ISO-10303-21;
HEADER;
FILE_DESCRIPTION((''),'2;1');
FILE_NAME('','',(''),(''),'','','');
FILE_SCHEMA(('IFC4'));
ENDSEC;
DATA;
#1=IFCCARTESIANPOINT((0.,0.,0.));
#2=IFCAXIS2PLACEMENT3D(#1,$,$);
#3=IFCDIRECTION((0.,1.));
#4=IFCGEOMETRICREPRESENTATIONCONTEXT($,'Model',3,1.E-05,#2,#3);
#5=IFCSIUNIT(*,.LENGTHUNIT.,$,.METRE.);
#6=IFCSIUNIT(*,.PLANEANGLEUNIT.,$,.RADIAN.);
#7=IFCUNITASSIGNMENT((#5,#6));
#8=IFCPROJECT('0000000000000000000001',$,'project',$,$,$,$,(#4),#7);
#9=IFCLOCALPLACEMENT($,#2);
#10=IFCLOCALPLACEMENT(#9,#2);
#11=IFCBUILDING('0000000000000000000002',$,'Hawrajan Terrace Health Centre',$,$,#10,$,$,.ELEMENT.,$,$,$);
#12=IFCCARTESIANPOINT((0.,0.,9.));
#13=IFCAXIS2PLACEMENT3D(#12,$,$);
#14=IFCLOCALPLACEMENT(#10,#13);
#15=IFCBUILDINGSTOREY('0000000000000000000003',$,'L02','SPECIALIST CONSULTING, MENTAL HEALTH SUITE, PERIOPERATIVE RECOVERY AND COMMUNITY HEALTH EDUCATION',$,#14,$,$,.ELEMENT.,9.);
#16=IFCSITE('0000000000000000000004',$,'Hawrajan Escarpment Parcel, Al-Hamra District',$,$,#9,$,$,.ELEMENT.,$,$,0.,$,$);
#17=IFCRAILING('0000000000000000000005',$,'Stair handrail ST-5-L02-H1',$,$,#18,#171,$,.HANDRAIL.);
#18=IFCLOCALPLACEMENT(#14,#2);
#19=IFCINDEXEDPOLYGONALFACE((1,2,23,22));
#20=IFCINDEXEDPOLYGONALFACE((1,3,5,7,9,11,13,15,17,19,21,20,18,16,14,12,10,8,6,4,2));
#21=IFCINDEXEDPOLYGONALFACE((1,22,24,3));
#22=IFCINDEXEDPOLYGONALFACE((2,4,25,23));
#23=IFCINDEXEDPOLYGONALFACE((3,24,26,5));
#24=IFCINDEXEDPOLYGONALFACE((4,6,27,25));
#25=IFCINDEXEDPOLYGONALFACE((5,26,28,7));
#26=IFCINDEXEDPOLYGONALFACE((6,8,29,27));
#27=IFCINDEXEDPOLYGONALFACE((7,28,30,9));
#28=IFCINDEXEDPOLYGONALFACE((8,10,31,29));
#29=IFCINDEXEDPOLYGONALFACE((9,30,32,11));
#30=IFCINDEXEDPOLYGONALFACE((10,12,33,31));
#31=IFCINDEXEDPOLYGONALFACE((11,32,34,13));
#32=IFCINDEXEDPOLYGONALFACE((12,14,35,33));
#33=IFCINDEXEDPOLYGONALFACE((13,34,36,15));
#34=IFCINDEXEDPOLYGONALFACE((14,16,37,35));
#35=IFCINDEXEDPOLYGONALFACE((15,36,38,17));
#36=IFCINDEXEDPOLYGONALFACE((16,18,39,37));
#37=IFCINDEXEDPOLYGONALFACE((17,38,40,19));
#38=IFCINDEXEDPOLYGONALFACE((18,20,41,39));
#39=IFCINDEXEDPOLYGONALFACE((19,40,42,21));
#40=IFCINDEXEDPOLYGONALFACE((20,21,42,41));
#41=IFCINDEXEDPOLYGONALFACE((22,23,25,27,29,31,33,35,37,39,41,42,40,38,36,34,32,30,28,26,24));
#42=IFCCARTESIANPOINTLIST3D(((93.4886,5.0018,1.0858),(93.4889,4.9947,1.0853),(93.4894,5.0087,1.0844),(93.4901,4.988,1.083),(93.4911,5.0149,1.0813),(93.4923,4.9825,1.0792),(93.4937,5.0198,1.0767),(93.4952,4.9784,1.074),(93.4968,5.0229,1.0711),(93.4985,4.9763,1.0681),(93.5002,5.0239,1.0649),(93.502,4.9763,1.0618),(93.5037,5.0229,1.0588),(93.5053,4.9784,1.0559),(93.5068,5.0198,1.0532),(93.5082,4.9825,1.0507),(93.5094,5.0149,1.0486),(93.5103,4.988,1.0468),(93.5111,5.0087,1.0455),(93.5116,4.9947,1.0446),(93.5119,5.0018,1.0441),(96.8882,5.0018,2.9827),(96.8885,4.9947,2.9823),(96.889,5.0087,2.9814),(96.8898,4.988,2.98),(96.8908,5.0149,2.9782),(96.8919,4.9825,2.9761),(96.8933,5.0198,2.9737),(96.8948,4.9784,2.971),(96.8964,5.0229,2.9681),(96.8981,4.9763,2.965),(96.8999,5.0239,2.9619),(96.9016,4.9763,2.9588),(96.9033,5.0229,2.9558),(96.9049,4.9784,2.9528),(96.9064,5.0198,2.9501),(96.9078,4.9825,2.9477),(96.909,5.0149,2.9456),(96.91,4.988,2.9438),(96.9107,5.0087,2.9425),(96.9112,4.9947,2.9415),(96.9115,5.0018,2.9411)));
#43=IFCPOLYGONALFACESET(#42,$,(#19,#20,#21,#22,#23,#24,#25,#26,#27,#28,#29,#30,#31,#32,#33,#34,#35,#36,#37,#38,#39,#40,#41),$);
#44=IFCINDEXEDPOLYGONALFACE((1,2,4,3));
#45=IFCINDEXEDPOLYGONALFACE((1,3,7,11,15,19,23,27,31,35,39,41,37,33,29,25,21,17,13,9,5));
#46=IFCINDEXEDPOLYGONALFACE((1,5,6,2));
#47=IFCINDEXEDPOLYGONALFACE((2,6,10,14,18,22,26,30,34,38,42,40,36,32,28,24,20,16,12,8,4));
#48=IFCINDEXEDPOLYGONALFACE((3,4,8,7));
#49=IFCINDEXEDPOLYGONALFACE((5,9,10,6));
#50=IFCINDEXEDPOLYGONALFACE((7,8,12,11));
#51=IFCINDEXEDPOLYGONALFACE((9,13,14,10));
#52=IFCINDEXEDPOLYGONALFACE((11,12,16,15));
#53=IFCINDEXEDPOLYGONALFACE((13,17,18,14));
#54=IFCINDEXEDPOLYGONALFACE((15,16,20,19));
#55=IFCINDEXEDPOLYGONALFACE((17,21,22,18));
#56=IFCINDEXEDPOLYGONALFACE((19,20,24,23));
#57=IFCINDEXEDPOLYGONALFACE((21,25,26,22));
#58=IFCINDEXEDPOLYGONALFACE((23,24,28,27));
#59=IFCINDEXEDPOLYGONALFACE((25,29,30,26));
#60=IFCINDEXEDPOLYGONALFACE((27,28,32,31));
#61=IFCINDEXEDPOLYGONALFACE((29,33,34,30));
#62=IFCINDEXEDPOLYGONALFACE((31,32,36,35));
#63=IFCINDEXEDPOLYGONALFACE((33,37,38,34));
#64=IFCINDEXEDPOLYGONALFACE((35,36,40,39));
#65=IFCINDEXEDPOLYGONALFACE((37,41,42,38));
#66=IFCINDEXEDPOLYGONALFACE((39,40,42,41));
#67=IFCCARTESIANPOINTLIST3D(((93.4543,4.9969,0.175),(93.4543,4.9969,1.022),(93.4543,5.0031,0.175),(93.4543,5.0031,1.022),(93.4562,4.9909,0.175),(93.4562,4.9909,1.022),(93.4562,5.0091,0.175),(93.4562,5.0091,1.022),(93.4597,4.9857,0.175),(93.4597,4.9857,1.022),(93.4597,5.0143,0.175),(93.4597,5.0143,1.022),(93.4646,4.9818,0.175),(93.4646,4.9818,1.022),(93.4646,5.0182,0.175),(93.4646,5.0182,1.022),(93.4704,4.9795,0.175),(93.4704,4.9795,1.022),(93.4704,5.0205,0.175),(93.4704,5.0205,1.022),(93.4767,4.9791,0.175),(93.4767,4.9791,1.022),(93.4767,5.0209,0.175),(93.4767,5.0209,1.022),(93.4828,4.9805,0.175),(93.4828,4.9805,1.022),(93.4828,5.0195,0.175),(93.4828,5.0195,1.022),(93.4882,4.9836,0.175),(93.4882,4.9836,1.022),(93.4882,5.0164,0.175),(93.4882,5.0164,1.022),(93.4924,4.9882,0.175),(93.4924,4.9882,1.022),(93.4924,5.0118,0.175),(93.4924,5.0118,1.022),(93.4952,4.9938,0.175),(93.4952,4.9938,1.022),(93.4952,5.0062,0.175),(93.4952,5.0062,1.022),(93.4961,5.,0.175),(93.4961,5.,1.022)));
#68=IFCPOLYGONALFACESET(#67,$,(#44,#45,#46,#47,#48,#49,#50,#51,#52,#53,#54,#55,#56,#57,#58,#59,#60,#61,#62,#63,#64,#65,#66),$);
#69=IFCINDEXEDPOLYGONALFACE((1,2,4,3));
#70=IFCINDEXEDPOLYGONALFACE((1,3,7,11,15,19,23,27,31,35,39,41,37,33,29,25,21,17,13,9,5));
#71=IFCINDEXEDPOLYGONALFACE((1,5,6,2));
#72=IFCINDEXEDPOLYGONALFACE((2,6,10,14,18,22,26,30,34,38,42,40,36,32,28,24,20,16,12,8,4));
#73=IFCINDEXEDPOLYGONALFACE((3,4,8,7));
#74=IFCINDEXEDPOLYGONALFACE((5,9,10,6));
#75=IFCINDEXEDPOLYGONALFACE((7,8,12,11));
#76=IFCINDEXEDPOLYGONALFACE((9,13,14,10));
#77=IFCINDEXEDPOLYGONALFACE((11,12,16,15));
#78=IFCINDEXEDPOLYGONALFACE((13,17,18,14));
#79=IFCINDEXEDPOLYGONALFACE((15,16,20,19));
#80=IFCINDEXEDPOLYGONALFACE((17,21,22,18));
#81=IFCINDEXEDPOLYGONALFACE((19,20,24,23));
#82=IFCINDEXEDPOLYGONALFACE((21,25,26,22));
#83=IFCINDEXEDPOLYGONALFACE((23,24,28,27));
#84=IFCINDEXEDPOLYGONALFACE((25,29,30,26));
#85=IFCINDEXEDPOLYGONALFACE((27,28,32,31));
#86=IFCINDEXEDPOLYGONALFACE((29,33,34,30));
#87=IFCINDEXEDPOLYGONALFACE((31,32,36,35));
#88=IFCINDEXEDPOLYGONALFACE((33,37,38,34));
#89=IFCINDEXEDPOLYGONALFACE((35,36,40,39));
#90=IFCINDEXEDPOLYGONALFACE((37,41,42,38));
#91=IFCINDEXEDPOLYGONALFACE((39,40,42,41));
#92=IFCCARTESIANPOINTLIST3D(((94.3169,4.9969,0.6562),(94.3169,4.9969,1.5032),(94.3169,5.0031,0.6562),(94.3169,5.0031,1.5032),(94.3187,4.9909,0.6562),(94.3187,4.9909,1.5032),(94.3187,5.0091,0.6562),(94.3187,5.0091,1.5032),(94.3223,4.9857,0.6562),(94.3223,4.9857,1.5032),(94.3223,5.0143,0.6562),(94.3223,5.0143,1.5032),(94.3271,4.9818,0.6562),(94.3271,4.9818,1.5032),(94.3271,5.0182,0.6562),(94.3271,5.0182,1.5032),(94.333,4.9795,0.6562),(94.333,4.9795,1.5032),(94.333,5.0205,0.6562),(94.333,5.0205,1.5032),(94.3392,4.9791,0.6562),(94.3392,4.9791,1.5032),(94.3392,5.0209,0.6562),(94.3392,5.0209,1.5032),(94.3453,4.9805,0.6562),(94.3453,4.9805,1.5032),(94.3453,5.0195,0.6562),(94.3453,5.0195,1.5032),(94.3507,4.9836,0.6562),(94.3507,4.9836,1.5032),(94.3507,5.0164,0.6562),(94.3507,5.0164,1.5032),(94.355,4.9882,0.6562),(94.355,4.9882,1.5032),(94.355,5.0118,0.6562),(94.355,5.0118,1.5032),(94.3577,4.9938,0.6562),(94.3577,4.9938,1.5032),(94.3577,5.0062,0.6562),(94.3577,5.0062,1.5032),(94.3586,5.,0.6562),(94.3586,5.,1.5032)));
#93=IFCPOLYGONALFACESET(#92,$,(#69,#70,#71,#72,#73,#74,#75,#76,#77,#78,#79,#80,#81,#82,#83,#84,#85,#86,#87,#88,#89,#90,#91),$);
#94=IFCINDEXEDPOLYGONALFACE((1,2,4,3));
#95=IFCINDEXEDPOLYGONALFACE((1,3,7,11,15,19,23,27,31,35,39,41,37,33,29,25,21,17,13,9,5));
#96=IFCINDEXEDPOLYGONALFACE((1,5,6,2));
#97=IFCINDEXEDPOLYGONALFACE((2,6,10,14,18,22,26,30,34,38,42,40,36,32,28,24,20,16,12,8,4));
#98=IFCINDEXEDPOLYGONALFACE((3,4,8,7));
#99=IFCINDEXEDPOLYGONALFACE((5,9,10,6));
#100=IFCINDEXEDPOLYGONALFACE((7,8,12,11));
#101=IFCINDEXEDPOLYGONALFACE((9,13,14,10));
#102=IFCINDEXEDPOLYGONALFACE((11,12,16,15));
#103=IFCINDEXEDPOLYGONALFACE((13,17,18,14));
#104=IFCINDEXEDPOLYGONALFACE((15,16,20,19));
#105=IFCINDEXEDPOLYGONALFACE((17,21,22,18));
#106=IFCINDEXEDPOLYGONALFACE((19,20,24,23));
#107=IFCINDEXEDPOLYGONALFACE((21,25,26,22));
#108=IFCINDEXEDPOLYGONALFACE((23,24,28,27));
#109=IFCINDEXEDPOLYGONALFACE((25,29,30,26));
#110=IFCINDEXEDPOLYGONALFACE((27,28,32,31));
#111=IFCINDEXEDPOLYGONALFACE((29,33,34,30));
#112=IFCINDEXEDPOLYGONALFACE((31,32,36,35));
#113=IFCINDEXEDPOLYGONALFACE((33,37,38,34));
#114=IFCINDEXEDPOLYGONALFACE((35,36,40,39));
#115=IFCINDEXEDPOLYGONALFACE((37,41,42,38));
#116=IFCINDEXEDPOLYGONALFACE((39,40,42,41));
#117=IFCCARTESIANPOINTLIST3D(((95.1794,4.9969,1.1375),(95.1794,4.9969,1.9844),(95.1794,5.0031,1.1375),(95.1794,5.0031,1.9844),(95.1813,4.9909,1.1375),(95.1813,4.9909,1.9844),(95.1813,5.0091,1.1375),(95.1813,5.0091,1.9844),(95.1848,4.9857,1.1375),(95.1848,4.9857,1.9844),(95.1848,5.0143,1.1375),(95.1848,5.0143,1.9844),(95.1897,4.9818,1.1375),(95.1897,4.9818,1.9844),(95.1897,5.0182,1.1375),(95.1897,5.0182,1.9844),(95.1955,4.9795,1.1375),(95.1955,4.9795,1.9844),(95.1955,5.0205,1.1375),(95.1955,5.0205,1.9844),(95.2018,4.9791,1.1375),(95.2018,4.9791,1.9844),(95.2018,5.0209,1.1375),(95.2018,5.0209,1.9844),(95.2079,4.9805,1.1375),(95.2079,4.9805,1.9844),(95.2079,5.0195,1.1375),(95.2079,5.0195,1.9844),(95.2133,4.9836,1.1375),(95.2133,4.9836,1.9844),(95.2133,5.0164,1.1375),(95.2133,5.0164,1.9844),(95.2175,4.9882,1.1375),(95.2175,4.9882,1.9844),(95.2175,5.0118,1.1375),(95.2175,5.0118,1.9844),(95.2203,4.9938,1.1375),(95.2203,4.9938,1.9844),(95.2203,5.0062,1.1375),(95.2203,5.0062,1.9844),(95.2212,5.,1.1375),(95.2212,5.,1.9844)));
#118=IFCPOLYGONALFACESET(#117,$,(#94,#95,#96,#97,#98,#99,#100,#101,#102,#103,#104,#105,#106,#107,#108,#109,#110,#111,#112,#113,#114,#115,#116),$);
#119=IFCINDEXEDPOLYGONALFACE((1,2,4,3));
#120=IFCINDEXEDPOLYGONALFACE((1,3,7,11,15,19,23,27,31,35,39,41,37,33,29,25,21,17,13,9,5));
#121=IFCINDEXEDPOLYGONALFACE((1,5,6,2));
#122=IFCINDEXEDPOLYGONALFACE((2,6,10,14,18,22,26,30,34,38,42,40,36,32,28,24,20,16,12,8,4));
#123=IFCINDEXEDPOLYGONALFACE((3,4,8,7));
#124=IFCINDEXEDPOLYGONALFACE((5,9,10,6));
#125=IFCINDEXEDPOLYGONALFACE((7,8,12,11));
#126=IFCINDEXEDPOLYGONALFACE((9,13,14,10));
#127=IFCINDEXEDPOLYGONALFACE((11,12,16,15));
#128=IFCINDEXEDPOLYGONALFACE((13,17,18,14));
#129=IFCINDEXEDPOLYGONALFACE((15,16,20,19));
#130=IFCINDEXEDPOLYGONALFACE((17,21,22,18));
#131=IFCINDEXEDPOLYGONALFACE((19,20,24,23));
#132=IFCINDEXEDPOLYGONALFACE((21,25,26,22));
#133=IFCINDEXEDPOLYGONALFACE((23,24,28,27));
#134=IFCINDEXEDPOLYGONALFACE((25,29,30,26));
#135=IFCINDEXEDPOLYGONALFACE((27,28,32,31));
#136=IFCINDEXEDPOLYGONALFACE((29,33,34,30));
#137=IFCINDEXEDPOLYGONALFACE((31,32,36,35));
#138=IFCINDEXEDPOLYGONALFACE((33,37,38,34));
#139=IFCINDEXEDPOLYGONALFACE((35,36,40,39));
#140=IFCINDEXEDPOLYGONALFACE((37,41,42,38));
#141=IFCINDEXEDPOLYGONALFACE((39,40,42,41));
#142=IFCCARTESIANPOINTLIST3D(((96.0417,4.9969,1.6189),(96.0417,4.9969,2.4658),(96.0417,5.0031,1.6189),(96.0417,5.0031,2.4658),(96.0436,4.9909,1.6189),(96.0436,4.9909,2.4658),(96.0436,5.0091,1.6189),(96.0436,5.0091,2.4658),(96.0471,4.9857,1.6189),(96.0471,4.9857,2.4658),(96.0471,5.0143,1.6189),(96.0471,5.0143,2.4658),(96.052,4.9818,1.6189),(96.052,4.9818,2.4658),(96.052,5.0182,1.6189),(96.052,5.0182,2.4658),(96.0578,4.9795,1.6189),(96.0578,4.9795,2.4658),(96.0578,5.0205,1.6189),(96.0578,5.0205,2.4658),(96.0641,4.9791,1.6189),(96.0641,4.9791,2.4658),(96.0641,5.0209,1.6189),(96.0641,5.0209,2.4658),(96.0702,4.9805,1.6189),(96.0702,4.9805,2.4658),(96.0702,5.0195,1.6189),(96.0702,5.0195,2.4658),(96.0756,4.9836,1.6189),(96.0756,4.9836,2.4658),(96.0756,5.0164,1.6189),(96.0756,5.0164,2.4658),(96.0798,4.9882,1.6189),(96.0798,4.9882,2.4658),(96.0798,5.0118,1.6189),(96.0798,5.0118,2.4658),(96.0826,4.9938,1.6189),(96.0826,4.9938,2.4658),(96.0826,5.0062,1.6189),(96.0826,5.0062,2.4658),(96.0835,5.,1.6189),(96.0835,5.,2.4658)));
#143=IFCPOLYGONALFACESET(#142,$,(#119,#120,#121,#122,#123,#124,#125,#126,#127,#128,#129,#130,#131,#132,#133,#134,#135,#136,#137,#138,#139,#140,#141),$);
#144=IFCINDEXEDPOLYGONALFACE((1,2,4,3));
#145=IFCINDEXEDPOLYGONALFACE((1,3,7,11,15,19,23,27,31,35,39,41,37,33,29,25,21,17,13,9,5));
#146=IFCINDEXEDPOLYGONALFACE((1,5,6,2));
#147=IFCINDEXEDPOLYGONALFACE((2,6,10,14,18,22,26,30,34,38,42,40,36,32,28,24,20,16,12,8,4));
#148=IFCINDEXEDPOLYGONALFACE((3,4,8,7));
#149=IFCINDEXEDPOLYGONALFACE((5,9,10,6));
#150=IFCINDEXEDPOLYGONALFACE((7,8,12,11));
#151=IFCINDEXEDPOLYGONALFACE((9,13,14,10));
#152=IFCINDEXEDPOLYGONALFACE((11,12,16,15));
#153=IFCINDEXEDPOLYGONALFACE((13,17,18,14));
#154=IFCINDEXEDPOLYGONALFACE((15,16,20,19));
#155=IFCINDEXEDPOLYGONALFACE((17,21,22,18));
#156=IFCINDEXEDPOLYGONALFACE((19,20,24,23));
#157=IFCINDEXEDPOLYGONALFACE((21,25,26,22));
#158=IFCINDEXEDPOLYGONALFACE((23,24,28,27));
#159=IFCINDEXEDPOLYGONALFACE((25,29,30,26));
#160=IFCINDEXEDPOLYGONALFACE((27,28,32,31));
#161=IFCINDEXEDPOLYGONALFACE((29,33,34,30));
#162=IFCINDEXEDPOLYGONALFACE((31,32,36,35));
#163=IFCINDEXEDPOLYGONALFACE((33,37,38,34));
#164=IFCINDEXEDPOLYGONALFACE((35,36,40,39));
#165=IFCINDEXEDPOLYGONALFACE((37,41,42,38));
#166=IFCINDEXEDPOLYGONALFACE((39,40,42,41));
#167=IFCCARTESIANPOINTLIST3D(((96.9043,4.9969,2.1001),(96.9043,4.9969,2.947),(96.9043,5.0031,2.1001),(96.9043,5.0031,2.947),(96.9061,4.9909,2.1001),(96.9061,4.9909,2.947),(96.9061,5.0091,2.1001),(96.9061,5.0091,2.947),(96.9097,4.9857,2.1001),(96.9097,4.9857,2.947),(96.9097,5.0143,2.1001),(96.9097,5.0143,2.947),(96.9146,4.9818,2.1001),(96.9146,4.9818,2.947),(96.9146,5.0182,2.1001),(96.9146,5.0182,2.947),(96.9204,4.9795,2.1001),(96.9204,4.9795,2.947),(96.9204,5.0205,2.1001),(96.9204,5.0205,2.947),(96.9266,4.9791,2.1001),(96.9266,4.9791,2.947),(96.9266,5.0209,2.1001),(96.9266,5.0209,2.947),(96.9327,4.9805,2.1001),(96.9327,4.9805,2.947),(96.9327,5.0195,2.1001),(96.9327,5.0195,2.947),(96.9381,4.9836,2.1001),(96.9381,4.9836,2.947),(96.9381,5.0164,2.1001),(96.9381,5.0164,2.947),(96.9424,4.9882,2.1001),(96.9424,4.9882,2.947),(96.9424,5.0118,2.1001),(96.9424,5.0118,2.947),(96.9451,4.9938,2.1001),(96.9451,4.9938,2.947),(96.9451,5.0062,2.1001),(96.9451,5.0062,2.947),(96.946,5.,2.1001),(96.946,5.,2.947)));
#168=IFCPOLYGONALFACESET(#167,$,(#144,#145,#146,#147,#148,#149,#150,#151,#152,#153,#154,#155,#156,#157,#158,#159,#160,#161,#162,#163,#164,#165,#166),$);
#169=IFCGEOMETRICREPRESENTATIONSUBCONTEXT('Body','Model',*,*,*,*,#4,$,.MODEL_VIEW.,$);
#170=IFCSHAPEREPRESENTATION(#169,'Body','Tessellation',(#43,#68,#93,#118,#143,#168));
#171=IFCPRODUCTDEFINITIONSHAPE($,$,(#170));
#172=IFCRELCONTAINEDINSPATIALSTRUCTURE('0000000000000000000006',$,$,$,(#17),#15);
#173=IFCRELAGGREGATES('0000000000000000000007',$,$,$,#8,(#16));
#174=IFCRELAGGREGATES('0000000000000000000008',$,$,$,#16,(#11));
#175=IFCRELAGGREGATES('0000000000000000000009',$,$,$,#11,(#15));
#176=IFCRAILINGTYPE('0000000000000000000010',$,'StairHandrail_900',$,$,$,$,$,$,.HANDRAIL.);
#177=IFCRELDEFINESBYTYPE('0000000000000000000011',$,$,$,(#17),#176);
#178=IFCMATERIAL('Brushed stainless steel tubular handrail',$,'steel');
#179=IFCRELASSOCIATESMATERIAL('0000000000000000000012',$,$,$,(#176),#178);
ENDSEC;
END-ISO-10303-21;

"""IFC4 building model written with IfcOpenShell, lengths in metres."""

from ifc_helpers import new_model, si_unit, direction, frame, origin, origin_2d, place, context, subcontext, project, spatial, circle, extrude, material, type_object, element, save


model = new_model("IFC4")

# Units and contexts
model_context = context("Model", 3, precision=1e-05, world=origin(), true_north=direction((0.0, 1.0)))
body_context = subcontext(model_context, "Body", "Model", "MODEL_VIEW")
ifc_project = project(units=[si_unit("LENGTHUNIT", "METRE"), si_unit("PLANEANGLEUNIT", "RADIAN")], contexts=[model_context])

# Site, building, storey
site_placement = place(None, origin())
site = spatial("IfcSite", under=ifc_project, at=site_placement, Name="Hawrajan Escarpment Parcel, Al-Hamra District", CompositionType="ELEMENT", RefElevation=0.0)
building_placement = place(site_placement, origin())
building = spatial("IfcBuilding", under=site, at=building_placement, Name="Hawrajan Terrace Health Centre", CompositionType="ELEMENT")
storey_placement = place(building_placement, frame((0.0, 0.0, 9.0)))
storey = spatial("IfcBuildingStorey", under=building, at=storey_placement, Name="L02", Description="SPECIALIST CONSULTING, MENTAL HEALTH SUITE, PERIOPERATIVE RECOVERY AND COMMUNITY HEALTH EDUCATION", CompositionType="ELEMENT", Elevation=9.0)

# Railing
ifc_material_1 = material(Name="Brushed stainless steel tubular handrail", Category="steel")
railing_type_1 = type_object("IfcRailingType", Name="StairHandrail_900", PredefinedType="HANDRAIL", material=ifc_material_1)
railing_1_placement = place(storey_placement, frame((93.4751, 5.0, 0.175)))
element("IfcRailing", 1, at=railing_1_placement, inside=storey, type_object=railing_type_1, Name="Stair handrail ST-5-L02-H1", PredefinedType="HANDRAIL", context=body_context, shape_type="SweptSolid", body=[
    extrude(circle(Radius=0.0239, at=origin_2d()), frame((0.0251, 0.0, 0.8899), z_axis=(0.873252, 0.0, 0.487269), x_axis=(0.0, 1.0, 0.0)), (0.0, 0.0, 1.0), 3.8931),
    extrude(circle(Radius=0.021, at=origin_2d()), origin(), (0.0, 0.0, 1.0), 0.8469),
    extrude(circle(Radius=0.021, at=origin_2d()), frame((0.8625, 0.0, 0.4812)), (0.0, 0.0, 1.0), 0.8469),
    extrude(circle(Radius=0.021, at=origin_2d()), frame((1.7251, 0.0, 0.9624)), (0.0, 0.0, 1.0), 0.8469),
    extrude(circle(Radius=0.021, at=origin_2d()), frame((2.5874, 0.0, 1.4438)), (0.0, 0.0, 1.0), 0.8469),
    extrude(circle(Radius=0.021, at=origin_2d()), frame((3.45, 0.0, 1.925)), (0.0, 0.0, 1.0), 0.8469),
])

save(model, "model.ifc")
